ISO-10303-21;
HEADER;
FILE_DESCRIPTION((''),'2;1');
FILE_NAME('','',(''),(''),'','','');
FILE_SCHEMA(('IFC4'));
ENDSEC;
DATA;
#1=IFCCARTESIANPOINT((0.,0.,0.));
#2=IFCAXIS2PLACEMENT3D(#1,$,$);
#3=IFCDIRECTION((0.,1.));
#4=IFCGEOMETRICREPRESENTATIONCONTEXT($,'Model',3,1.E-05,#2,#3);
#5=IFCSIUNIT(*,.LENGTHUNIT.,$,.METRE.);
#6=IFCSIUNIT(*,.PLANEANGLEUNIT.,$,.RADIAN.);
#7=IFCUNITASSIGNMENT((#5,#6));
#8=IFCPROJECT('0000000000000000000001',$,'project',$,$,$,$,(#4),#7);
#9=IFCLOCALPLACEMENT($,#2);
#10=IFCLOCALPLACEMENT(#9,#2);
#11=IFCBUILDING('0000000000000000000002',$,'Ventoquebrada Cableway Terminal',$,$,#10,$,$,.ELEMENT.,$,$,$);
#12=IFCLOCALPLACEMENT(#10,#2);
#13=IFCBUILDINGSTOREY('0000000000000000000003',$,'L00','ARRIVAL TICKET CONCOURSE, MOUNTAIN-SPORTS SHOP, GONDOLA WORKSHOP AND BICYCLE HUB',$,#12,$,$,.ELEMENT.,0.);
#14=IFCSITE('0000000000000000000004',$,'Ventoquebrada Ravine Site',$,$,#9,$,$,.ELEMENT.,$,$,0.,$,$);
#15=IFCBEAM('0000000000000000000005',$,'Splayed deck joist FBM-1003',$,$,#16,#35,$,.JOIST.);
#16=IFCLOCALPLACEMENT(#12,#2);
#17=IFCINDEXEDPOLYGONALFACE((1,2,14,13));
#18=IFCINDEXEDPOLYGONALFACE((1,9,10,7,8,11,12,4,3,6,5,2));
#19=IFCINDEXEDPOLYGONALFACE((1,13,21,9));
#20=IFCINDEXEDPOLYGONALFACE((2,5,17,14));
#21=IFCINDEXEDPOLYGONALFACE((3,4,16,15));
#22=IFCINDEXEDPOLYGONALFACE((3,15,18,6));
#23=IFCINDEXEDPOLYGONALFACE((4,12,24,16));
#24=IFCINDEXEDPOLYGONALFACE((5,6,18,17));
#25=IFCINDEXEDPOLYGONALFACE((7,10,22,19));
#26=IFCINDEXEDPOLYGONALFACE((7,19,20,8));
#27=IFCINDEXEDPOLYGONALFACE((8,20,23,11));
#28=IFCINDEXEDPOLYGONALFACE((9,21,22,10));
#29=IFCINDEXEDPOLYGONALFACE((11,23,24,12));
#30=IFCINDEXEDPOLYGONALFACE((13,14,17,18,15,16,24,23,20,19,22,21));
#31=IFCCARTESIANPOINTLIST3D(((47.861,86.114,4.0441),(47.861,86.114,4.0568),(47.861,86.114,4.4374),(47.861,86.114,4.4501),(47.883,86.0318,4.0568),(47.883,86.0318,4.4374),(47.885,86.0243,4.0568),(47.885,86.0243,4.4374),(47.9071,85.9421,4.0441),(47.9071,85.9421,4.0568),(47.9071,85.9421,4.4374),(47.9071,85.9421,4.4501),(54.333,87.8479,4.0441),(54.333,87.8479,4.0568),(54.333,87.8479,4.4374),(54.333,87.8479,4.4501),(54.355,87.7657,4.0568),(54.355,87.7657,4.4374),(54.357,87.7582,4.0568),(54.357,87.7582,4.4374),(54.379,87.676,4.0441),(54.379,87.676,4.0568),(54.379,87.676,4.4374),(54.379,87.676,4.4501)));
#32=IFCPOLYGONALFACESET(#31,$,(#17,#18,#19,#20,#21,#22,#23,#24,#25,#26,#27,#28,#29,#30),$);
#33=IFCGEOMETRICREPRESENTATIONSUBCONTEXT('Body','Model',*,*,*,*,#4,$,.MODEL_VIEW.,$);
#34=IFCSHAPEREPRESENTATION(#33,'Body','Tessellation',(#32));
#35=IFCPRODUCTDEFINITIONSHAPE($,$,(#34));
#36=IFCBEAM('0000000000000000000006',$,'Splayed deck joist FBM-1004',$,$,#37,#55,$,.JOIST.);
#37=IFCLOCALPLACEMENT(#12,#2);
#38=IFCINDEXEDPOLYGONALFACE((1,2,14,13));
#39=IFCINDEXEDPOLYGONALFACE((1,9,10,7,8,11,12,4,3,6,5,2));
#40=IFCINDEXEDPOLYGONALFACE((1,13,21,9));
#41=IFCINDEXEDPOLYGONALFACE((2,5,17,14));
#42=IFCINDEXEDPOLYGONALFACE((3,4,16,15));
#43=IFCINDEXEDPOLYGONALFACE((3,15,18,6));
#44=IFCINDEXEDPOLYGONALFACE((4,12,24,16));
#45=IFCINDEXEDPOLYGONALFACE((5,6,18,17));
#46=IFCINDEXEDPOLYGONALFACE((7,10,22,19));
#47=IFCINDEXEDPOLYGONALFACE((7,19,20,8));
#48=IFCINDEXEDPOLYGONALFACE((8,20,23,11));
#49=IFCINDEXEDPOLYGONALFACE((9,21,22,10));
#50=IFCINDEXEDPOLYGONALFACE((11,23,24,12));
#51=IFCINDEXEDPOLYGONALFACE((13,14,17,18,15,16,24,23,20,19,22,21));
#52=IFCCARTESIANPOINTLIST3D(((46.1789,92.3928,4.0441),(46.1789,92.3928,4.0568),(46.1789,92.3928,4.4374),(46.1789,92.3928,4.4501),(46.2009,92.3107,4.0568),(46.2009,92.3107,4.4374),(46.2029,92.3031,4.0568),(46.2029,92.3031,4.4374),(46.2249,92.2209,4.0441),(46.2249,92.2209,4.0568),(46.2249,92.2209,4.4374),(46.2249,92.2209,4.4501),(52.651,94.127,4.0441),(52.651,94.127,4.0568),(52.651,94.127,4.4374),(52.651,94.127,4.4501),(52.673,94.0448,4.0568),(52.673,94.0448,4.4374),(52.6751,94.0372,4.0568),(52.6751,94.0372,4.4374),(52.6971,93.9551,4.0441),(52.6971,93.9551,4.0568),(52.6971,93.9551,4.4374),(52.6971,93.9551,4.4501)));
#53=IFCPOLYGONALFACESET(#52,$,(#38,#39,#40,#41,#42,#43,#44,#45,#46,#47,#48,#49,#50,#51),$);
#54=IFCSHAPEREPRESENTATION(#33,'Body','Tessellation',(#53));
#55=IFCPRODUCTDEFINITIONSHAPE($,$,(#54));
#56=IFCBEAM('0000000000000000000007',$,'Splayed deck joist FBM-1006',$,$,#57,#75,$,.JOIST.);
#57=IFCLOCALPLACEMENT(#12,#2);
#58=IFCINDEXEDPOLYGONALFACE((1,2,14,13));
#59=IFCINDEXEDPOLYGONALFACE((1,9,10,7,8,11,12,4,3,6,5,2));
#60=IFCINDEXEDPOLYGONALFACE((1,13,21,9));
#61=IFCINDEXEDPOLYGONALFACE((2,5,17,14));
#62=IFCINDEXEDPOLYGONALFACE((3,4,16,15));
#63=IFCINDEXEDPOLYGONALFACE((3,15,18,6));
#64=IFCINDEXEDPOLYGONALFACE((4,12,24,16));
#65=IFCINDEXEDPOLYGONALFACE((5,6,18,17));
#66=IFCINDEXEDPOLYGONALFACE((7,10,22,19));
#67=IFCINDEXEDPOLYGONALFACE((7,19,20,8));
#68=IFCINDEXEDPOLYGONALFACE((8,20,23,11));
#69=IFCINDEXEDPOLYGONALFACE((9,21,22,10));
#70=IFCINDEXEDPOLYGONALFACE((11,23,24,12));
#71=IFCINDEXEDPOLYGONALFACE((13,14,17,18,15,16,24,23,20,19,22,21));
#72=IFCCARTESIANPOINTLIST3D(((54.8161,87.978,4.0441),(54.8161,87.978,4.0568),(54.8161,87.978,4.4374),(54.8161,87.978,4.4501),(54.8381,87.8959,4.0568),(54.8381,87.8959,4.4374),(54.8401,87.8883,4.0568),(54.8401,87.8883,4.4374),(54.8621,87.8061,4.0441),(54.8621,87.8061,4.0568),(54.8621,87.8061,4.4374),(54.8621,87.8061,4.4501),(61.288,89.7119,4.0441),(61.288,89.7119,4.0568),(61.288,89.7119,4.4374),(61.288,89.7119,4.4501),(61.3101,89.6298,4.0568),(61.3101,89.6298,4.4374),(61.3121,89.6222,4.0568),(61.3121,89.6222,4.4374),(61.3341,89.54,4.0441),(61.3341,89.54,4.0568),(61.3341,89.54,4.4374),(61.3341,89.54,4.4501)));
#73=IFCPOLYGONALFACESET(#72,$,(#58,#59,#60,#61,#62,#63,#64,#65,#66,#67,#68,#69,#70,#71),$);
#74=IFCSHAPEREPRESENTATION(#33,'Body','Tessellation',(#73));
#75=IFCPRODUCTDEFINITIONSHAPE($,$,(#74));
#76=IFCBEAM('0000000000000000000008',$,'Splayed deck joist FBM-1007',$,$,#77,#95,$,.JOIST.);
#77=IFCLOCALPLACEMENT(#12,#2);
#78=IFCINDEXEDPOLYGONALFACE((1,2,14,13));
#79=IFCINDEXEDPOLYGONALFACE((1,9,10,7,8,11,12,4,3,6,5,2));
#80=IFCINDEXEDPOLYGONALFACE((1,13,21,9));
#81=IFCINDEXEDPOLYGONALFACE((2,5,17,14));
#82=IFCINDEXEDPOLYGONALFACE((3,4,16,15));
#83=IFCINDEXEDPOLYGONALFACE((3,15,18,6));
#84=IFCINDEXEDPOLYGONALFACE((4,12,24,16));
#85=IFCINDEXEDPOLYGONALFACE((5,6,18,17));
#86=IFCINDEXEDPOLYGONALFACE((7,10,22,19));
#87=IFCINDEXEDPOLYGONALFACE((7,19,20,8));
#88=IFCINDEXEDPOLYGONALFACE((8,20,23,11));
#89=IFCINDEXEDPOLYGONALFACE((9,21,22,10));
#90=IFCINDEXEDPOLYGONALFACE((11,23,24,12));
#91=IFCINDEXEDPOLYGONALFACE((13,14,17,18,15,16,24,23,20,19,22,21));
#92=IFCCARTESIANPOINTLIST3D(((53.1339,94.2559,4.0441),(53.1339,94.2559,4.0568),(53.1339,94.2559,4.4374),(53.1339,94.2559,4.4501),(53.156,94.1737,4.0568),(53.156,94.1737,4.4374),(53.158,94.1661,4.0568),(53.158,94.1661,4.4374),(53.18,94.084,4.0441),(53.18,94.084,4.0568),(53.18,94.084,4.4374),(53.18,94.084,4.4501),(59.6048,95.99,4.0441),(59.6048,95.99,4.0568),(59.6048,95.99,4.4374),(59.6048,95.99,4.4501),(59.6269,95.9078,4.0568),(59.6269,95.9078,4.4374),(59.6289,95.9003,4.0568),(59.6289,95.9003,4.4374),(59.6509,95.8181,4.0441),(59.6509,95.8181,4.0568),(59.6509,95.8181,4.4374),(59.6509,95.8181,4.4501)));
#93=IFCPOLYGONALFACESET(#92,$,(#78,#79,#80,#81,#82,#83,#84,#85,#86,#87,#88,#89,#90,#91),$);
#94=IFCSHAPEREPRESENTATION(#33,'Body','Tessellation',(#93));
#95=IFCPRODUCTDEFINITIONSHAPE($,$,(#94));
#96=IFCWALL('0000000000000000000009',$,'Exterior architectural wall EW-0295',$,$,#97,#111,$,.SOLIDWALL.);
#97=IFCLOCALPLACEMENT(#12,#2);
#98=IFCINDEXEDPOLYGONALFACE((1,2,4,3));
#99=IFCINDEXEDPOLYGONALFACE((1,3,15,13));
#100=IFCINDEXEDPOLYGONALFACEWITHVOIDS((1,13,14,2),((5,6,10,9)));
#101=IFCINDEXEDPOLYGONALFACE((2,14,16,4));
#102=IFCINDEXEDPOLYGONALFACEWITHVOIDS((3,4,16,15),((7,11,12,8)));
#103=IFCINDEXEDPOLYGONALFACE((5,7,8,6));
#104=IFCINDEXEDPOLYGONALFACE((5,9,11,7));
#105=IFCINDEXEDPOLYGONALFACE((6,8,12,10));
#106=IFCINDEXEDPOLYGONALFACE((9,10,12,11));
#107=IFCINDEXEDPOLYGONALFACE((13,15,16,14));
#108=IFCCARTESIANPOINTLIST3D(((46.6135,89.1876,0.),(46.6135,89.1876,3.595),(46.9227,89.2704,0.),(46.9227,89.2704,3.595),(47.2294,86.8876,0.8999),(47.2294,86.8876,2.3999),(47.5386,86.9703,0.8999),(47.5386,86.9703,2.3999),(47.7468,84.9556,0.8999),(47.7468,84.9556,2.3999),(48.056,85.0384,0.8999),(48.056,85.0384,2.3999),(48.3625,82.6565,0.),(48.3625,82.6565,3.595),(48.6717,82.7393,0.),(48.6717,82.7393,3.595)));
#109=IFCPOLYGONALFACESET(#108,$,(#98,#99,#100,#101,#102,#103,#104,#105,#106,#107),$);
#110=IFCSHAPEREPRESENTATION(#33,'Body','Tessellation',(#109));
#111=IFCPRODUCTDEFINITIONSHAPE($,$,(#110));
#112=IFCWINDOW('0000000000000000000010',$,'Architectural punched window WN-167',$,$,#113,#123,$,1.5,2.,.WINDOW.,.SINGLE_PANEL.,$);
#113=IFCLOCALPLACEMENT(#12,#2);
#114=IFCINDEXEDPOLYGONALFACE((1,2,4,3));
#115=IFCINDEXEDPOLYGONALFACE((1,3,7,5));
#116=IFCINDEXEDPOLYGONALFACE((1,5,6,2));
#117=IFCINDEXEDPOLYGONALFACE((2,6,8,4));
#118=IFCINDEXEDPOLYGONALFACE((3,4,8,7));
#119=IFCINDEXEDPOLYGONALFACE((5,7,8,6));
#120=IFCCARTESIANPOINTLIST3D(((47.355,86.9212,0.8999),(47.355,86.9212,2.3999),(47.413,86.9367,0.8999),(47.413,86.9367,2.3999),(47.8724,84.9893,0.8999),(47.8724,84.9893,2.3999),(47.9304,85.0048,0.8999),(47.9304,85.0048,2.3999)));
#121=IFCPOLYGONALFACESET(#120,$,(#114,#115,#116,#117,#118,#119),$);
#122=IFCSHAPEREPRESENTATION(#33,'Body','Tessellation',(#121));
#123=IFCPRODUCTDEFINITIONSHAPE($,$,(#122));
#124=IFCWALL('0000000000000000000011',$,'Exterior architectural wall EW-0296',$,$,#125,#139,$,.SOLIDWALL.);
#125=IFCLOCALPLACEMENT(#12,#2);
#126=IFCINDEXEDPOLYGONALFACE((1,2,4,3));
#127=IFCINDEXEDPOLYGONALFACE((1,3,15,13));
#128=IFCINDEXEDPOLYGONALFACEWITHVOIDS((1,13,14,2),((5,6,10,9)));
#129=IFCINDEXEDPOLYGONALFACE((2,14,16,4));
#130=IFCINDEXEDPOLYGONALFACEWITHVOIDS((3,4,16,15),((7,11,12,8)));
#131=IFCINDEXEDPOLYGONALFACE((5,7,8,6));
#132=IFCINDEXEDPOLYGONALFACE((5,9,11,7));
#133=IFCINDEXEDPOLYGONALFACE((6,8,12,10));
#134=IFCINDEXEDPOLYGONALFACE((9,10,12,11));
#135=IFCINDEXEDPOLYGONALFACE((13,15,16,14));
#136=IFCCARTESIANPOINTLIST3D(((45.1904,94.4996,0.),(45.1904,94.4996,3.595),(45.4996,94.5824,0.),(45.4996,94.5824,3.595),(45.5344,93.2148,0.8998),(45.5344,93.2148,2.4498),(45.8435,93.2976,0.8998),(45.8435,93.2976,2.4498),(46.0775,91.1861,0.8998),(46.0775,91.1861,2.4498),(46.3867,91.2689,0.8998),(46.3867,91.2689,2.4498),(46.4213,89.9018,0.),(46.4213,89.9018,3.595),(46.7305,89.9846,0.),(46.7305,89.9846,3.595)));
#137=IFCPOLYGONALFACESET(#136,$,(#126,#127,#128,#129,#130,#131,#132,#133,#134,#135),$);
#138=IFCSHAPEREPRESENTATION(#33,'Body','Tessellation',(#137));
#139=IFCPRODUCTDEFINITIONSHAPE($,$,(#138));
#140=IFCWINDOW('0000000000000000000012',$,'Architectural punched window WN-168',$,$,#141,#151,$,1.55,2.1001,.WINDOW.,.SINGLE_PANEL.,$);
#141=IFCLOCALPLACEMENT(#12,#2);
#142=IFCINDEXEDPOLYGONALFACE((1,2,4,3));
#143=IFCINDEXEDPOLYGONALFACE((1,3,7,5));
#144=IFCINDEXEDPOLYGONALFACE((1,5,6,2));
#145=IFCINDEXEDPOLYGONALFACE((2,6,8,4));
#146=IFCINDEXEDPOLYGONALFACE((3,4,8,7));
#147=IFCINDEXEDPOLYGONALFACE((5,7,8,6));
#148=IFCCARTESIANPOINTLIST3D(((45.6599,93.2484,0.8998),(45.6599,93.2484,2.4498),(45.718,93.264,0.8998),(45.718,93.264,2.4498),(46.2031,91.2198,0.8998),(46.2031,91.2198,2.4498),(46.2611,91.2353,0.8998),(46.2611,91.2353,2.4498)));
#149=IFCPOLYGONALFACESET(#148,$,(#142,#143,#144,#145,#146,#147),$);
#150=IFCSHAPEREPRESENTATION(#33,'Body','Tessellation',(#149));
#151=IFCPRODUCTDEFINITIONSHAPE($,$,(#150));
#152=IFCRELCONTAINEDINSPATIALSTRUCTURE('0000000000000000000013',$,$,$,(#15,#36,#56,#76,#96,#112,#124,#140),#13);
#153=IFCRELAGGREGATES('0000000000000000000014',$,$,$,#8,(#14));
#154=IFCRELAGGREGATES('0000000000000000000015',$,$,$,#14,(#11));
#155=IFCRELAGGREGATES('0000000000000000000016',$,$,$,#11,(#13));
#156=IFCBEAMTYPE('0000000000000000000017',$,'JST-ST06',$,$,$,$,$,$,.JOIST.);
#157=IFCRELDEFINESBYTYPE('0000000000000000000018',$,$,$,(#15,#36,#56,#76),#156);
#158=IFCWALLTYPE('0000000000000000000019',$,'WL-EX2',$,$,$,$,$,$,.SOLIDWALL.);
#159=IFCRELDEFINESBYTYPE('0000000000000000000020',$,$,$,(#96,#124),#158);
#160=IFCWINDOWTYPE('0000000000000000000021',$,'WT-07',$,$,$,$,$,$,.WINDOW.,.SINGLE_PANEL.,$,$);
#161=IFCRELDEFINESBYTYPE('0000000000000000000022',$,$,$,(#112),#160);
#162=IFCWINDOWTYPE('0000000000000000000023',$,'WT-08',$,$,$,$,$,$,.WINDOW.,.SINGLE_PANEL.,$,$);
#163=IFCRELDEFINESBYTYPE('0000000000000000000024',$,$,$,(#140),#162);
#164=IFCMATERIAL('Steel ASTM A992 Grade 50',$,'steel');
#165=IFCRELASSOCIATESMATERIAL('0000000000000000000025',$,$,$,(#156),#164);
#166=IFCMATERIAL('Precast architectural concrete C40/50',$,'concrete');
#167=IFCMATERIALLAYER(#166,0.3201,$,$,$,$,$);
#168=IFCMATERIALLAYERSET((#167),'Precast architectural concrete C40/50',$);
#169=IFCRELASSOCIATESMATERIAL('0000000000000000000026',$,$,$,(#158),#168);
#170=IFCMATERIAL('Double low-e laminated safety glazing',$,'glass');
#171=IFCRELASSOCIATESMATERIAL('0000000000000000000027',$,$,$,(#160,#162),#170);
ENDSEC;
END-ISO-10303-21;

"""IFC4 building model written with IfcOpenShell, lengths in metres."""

from ifc_helpers import new_model, si_unit, direction, frame, frame_2d, origin, origin_2d, place, context, subcontext, project, spatial, rectangle, i_section, extrude, material, layer, layer_set, material_profile, profile_set, type_object, element, fill, save


model = new_model("IFC4")

# Units and contexts
model_context = context("Model", 3, precision=1e-05, world=origin(), true_north=direction((0.0, 1.0)))
body_context = subcontext(model_context, "Body", "Model", "MODEL_VIEW")
ifc_project = project(units=[si_unit("LENGTHUNIT", "METRE"), si_unit("PLANEANGLEUNIT", "RADIAN")], contexts=[model_context])

# Site, building, storey
site_placement = place(None, origin())
site = spatial("IfcSite", under=ifc_project, at=site_placement, Name="Ventoquebrada Ravine Site", CompositionType="ELEMENT", RefElevation=0.0)
building_placement = place(site_placement, origin())
building = spatial("IfcBuilding", under=site, at=building_placement, Name="Ventoquebrada Cableway Terminal", CompositionType="ELEMENT")
storey_placement = place(building_placement, origin())
storey = spatial("IfcBuildingStorey", under=building, at=storey_placement, Name="L00", Description="ARRIVAL TICKET CONCOURSE, MOUNTAIN-SPORTS SHOP, GONDOLA WORKSHOP AND BICYCLE HUB", CompositionType="ELEMENT", Elevation=0.0)

# Beams
ifc_material_1 = material(Name="Steel ASTM A992 Grade 50", Category="steel")
ifc_material_profile_1 = material_profile(ifc_material_1, i_section(OverallWidth=0.178, OverallDepth=0.406, WebThickness=0.0078, FlangeThickness=0.0127, at=origin_2d()), Name="W16X40")
ifc_profile_set_1 = profile_set([ifc_material_profile_1], Name="Steel ASTM A992 Grade 50")
beam_type_1 = type_object("IfcBeamType", Name="JST-ST06", PredefinedType="JOIST", material=ifc_profile_set_1)
beam_1_placement = place(storey_placement, frame((47.884, 86.0281, 4.2471), z_axis=(0.965936, 0.258783, 0.0), x_axis=(-0.258783, 0.965936, 0.0)))
element("IfcBeam", 1, at=beam_1_placement, inside=storey, type_object=beam_type_1, Name="Splayed deck joist FBM-1003", PredefinedType="JOIST", context=body_context, shape_type="SweptSolid", body=[
    extrude(i_section(OverallWidth=0.178, OverallDepth=0.406, WebThickness=0.0078, FlangeThickness=0.0127, at=origin_2d()), origin(), (0.0, 0.0, 1.0), 6.7002),
])
beam_2_placement = place(storey_placement, frame((46.2019, 92.3069, 4.2471), z_axis=(0.965929, 0.258808, 0.0), x_axis=(-0.258808, 0.965929, 0.0)))
element("IfcBeam", 2, at=beam_2_placement, inside=storey, type_object=beam_type_1, Name="Splayed deck joist FBM-1004", PredefinedType="JOIST", context=body_context, shape_type="SweptSolid", body=[
    extrude(i_section(OverallWidth=0.178, OverallDepth=0.406, WebThickness=0.0078, FlangeThickness=0.0127, at=origin_2d()), origin(), (0.0, 0.0, 1.0), 6.7004),
])
beam_3_placement = place(storey_placement, frame((54.8391, 87.8921, 4.2471), z_axis=(0.965936, 0.258783, 0.0), x_axis=(-0.258783, 0.965936, 0.0)))
element("IfcBeam", 3, at=beam_3_placement, inside=storey, type_object=beam_type_1, Name="Splayed deck joist FBM-1006", PredefinedType="JOIST", context=body_context, shape_type="SweptSolid", body=[
    extrude(i_section(OverallWidth=0.178, OverallDepth=0.406, WebThickness=0.0078, FlangeThickness=0.0127, at=origin_2d()), origin(), (0.0, 0.0, 1.0), 6.7002),
])
beam_4_placement = place(storey_placement, frame((53.157, 94.1699, 4.2471), z_axis=(0.965917, 0.258853, 0.0), x_axis=(-0.258853, 0.965917, 0.0)))
element("IfcBeam", 4, at=beam_4_placement, inside=storey, type_object=beam_type_1, Name="Splayed deck joist FBM-1007", PredefinedType="JOIST", context=body_context, shape_type="SweptSolid", body=[
    extrude(i_section(OverallWidth=0.178, OverallDepth=0.406, WebThickness=0.0078, FlangeThickness=0.0127, at=origin_2d()), origin(), (0.0, 0.0, 1.0), 6.6992),
])

# Walls, openings, windows
ifc_material_2 = material(Name="Precast architectural concrete C40/50", Category="concrete")
ifc_layer = layer(ifc_material_2, 0.3201)
ifc_layer_set = layer_set([ifc_layer], Name="Precast architectural concrete C40/50")
wall_type = type_object("IfcWallType", Name="WL-EX2", PredefinedType="SOLIDWALL", material=ifc_layer_set)
wall_1_placement = place(storey_placement, frame((46.7681, 89.229, 0.0), z_axis=(0.0, 0.0, 1.0), x_axis=(0.258687, -0.965961, 0.0)))
wall_1 = element("IfcWall", 5, at=wall_1_placement, inside=storey, type_object=wall_type, Name="Exterior architectural wall EW-0295", PredefinedType="SOLIDWALL", context=body_context, shape_type="SweptSolid", body=[
    extrude(rectangle(XDim=6.7612, YDim=0.3201, at=frame_2d((3.3806, 0.0))), origin(), (0.0, 0.0, 1.0), 3.595),
])
opening_1_placement = place(wall_1_placement, frame((2.3811, 0.0, 0.8999)))
opening_1 = element("IfcOpeningElement", 6, at=opening_1_placement, cuts=wall_1, PredefinedType="OPENING", context=body_context, shape_type="SweptSolid", body=[
    extrude(rectangle(XDim=2.0, YDim=1.5, at=frame_2d((1.0, 0.75))), frame((0.0, 0.1699, 0.0), z_axis=(0.0, -1.0, 0.0), x_axis=(1.0, 0.0, 0.0)), (0.0, 0.0, 1.0), 0.3401),
])
ifc_material_3 = material(Name="Double low-e laminated safety glazing", Category="glass")
window_type_1 = type_object("IfcWindowType", Name="WT-07", PartitioningType="SINGLE_PANEL", PredefinedType="WINDOW", material=ifc_material_3)
window_1_placement = place(opening_1_placement, origin())
window_1 = element("IfcWindow", 7, at=window_1_placement, inside=storey, type_object=window_type_1, Name="Architectural punched window WN-167", OverallHeight=1.5, OverallWidth=2.0, PartitioningType="SINGLE_PANEL", PredefinedType="WINDOW", context=body_context, shape_type="SweptSolid", body=[
    extrude(rectangle(XDim=2.0, YDim=1.5, at=frame_2d((1.0, 0.75))), frame((0.0, 0.03, 0.0), z_axis=(0.0, -1.0, 0.0), x_axis=(1.0, 0.0, 0.0)), (0.0, 0.0, 1.0), 0.0601),
])
fill(opening_1, window_1)
wall_2_placement = place(storey_placement, frame((45.345, 94.541, 0.0), z_axis=(0.0, 0.0, 1.0), x_axis=(0.258614, -0.965981, 0.0)))
wall_2 = element("IfcWall", 8, at=wall_2_placement, inside=storey, type_object=wall_type, Name="Exterior architectural wall EW-0296", PredefinedType="SOLIDWALL", context=body_context, shape_type="SweptSolid", body=[
    extrude(rectangle(XDim=4.7598, YDim=0.3201, at=frame_2d((2.3799, 0.0))), origin(), (0.0, 0.0, 1.0), 3.595),
])
opening_2_placement = place(wall_2_placement, frame((1.3301, 0.0, 0.8999)))
opening_2 = element("IfcOpeningElement", 9, at=opening_2_placement, cuts=wall_2, PredefinedType="OPENING", context=body_context, shape_type="SweptSolid", body=[
    extrude(rectangle(XDim=2.1001, YDim=1.55, at=frame_2d((1.05, 0.7749))), frame((0.0, 0.1699, 0.0), z_axis=(0.0, -1.0, 0.0), x_axis=(1.0, 0.0, 0.0)), (0.0, 0.0, 1.0), 0.3401),
])
window_type_2 = type_object("IfcWindowType", Name="WT-08", PartitioningType="SINGLE_PANEL", PredefinedType="WINDOW", material=ifc_material_3)
window_2_placement = place(opening_2_placement, origin())
window_2 = element("IfcWindow", 10, at=window_2_placement, inside=storey, type_object=window_type_2, Name="Architectural punched window WN-168", OverallHeight=1.55, OverallWidth=2.1001, PartitioningType="SINGLE_PANEL", PredefinedType="WINDOW", context=body_context, shape_type="SweptSolid", body=[
    extrude(rectangle(XDim=2.1001, YDim=1.55, at=frame_2d((1.05, 0.7749))), frame((0.0, 0.03, 0.0), z_axis=(0.0, -1.0, 0.0), x_axis=(1.0, 0.0, 0.0)), (0.0, 0.0, 1.0), 0.0601),
])
fill(opening_2, window_2)

save(model, "model.ifc")
